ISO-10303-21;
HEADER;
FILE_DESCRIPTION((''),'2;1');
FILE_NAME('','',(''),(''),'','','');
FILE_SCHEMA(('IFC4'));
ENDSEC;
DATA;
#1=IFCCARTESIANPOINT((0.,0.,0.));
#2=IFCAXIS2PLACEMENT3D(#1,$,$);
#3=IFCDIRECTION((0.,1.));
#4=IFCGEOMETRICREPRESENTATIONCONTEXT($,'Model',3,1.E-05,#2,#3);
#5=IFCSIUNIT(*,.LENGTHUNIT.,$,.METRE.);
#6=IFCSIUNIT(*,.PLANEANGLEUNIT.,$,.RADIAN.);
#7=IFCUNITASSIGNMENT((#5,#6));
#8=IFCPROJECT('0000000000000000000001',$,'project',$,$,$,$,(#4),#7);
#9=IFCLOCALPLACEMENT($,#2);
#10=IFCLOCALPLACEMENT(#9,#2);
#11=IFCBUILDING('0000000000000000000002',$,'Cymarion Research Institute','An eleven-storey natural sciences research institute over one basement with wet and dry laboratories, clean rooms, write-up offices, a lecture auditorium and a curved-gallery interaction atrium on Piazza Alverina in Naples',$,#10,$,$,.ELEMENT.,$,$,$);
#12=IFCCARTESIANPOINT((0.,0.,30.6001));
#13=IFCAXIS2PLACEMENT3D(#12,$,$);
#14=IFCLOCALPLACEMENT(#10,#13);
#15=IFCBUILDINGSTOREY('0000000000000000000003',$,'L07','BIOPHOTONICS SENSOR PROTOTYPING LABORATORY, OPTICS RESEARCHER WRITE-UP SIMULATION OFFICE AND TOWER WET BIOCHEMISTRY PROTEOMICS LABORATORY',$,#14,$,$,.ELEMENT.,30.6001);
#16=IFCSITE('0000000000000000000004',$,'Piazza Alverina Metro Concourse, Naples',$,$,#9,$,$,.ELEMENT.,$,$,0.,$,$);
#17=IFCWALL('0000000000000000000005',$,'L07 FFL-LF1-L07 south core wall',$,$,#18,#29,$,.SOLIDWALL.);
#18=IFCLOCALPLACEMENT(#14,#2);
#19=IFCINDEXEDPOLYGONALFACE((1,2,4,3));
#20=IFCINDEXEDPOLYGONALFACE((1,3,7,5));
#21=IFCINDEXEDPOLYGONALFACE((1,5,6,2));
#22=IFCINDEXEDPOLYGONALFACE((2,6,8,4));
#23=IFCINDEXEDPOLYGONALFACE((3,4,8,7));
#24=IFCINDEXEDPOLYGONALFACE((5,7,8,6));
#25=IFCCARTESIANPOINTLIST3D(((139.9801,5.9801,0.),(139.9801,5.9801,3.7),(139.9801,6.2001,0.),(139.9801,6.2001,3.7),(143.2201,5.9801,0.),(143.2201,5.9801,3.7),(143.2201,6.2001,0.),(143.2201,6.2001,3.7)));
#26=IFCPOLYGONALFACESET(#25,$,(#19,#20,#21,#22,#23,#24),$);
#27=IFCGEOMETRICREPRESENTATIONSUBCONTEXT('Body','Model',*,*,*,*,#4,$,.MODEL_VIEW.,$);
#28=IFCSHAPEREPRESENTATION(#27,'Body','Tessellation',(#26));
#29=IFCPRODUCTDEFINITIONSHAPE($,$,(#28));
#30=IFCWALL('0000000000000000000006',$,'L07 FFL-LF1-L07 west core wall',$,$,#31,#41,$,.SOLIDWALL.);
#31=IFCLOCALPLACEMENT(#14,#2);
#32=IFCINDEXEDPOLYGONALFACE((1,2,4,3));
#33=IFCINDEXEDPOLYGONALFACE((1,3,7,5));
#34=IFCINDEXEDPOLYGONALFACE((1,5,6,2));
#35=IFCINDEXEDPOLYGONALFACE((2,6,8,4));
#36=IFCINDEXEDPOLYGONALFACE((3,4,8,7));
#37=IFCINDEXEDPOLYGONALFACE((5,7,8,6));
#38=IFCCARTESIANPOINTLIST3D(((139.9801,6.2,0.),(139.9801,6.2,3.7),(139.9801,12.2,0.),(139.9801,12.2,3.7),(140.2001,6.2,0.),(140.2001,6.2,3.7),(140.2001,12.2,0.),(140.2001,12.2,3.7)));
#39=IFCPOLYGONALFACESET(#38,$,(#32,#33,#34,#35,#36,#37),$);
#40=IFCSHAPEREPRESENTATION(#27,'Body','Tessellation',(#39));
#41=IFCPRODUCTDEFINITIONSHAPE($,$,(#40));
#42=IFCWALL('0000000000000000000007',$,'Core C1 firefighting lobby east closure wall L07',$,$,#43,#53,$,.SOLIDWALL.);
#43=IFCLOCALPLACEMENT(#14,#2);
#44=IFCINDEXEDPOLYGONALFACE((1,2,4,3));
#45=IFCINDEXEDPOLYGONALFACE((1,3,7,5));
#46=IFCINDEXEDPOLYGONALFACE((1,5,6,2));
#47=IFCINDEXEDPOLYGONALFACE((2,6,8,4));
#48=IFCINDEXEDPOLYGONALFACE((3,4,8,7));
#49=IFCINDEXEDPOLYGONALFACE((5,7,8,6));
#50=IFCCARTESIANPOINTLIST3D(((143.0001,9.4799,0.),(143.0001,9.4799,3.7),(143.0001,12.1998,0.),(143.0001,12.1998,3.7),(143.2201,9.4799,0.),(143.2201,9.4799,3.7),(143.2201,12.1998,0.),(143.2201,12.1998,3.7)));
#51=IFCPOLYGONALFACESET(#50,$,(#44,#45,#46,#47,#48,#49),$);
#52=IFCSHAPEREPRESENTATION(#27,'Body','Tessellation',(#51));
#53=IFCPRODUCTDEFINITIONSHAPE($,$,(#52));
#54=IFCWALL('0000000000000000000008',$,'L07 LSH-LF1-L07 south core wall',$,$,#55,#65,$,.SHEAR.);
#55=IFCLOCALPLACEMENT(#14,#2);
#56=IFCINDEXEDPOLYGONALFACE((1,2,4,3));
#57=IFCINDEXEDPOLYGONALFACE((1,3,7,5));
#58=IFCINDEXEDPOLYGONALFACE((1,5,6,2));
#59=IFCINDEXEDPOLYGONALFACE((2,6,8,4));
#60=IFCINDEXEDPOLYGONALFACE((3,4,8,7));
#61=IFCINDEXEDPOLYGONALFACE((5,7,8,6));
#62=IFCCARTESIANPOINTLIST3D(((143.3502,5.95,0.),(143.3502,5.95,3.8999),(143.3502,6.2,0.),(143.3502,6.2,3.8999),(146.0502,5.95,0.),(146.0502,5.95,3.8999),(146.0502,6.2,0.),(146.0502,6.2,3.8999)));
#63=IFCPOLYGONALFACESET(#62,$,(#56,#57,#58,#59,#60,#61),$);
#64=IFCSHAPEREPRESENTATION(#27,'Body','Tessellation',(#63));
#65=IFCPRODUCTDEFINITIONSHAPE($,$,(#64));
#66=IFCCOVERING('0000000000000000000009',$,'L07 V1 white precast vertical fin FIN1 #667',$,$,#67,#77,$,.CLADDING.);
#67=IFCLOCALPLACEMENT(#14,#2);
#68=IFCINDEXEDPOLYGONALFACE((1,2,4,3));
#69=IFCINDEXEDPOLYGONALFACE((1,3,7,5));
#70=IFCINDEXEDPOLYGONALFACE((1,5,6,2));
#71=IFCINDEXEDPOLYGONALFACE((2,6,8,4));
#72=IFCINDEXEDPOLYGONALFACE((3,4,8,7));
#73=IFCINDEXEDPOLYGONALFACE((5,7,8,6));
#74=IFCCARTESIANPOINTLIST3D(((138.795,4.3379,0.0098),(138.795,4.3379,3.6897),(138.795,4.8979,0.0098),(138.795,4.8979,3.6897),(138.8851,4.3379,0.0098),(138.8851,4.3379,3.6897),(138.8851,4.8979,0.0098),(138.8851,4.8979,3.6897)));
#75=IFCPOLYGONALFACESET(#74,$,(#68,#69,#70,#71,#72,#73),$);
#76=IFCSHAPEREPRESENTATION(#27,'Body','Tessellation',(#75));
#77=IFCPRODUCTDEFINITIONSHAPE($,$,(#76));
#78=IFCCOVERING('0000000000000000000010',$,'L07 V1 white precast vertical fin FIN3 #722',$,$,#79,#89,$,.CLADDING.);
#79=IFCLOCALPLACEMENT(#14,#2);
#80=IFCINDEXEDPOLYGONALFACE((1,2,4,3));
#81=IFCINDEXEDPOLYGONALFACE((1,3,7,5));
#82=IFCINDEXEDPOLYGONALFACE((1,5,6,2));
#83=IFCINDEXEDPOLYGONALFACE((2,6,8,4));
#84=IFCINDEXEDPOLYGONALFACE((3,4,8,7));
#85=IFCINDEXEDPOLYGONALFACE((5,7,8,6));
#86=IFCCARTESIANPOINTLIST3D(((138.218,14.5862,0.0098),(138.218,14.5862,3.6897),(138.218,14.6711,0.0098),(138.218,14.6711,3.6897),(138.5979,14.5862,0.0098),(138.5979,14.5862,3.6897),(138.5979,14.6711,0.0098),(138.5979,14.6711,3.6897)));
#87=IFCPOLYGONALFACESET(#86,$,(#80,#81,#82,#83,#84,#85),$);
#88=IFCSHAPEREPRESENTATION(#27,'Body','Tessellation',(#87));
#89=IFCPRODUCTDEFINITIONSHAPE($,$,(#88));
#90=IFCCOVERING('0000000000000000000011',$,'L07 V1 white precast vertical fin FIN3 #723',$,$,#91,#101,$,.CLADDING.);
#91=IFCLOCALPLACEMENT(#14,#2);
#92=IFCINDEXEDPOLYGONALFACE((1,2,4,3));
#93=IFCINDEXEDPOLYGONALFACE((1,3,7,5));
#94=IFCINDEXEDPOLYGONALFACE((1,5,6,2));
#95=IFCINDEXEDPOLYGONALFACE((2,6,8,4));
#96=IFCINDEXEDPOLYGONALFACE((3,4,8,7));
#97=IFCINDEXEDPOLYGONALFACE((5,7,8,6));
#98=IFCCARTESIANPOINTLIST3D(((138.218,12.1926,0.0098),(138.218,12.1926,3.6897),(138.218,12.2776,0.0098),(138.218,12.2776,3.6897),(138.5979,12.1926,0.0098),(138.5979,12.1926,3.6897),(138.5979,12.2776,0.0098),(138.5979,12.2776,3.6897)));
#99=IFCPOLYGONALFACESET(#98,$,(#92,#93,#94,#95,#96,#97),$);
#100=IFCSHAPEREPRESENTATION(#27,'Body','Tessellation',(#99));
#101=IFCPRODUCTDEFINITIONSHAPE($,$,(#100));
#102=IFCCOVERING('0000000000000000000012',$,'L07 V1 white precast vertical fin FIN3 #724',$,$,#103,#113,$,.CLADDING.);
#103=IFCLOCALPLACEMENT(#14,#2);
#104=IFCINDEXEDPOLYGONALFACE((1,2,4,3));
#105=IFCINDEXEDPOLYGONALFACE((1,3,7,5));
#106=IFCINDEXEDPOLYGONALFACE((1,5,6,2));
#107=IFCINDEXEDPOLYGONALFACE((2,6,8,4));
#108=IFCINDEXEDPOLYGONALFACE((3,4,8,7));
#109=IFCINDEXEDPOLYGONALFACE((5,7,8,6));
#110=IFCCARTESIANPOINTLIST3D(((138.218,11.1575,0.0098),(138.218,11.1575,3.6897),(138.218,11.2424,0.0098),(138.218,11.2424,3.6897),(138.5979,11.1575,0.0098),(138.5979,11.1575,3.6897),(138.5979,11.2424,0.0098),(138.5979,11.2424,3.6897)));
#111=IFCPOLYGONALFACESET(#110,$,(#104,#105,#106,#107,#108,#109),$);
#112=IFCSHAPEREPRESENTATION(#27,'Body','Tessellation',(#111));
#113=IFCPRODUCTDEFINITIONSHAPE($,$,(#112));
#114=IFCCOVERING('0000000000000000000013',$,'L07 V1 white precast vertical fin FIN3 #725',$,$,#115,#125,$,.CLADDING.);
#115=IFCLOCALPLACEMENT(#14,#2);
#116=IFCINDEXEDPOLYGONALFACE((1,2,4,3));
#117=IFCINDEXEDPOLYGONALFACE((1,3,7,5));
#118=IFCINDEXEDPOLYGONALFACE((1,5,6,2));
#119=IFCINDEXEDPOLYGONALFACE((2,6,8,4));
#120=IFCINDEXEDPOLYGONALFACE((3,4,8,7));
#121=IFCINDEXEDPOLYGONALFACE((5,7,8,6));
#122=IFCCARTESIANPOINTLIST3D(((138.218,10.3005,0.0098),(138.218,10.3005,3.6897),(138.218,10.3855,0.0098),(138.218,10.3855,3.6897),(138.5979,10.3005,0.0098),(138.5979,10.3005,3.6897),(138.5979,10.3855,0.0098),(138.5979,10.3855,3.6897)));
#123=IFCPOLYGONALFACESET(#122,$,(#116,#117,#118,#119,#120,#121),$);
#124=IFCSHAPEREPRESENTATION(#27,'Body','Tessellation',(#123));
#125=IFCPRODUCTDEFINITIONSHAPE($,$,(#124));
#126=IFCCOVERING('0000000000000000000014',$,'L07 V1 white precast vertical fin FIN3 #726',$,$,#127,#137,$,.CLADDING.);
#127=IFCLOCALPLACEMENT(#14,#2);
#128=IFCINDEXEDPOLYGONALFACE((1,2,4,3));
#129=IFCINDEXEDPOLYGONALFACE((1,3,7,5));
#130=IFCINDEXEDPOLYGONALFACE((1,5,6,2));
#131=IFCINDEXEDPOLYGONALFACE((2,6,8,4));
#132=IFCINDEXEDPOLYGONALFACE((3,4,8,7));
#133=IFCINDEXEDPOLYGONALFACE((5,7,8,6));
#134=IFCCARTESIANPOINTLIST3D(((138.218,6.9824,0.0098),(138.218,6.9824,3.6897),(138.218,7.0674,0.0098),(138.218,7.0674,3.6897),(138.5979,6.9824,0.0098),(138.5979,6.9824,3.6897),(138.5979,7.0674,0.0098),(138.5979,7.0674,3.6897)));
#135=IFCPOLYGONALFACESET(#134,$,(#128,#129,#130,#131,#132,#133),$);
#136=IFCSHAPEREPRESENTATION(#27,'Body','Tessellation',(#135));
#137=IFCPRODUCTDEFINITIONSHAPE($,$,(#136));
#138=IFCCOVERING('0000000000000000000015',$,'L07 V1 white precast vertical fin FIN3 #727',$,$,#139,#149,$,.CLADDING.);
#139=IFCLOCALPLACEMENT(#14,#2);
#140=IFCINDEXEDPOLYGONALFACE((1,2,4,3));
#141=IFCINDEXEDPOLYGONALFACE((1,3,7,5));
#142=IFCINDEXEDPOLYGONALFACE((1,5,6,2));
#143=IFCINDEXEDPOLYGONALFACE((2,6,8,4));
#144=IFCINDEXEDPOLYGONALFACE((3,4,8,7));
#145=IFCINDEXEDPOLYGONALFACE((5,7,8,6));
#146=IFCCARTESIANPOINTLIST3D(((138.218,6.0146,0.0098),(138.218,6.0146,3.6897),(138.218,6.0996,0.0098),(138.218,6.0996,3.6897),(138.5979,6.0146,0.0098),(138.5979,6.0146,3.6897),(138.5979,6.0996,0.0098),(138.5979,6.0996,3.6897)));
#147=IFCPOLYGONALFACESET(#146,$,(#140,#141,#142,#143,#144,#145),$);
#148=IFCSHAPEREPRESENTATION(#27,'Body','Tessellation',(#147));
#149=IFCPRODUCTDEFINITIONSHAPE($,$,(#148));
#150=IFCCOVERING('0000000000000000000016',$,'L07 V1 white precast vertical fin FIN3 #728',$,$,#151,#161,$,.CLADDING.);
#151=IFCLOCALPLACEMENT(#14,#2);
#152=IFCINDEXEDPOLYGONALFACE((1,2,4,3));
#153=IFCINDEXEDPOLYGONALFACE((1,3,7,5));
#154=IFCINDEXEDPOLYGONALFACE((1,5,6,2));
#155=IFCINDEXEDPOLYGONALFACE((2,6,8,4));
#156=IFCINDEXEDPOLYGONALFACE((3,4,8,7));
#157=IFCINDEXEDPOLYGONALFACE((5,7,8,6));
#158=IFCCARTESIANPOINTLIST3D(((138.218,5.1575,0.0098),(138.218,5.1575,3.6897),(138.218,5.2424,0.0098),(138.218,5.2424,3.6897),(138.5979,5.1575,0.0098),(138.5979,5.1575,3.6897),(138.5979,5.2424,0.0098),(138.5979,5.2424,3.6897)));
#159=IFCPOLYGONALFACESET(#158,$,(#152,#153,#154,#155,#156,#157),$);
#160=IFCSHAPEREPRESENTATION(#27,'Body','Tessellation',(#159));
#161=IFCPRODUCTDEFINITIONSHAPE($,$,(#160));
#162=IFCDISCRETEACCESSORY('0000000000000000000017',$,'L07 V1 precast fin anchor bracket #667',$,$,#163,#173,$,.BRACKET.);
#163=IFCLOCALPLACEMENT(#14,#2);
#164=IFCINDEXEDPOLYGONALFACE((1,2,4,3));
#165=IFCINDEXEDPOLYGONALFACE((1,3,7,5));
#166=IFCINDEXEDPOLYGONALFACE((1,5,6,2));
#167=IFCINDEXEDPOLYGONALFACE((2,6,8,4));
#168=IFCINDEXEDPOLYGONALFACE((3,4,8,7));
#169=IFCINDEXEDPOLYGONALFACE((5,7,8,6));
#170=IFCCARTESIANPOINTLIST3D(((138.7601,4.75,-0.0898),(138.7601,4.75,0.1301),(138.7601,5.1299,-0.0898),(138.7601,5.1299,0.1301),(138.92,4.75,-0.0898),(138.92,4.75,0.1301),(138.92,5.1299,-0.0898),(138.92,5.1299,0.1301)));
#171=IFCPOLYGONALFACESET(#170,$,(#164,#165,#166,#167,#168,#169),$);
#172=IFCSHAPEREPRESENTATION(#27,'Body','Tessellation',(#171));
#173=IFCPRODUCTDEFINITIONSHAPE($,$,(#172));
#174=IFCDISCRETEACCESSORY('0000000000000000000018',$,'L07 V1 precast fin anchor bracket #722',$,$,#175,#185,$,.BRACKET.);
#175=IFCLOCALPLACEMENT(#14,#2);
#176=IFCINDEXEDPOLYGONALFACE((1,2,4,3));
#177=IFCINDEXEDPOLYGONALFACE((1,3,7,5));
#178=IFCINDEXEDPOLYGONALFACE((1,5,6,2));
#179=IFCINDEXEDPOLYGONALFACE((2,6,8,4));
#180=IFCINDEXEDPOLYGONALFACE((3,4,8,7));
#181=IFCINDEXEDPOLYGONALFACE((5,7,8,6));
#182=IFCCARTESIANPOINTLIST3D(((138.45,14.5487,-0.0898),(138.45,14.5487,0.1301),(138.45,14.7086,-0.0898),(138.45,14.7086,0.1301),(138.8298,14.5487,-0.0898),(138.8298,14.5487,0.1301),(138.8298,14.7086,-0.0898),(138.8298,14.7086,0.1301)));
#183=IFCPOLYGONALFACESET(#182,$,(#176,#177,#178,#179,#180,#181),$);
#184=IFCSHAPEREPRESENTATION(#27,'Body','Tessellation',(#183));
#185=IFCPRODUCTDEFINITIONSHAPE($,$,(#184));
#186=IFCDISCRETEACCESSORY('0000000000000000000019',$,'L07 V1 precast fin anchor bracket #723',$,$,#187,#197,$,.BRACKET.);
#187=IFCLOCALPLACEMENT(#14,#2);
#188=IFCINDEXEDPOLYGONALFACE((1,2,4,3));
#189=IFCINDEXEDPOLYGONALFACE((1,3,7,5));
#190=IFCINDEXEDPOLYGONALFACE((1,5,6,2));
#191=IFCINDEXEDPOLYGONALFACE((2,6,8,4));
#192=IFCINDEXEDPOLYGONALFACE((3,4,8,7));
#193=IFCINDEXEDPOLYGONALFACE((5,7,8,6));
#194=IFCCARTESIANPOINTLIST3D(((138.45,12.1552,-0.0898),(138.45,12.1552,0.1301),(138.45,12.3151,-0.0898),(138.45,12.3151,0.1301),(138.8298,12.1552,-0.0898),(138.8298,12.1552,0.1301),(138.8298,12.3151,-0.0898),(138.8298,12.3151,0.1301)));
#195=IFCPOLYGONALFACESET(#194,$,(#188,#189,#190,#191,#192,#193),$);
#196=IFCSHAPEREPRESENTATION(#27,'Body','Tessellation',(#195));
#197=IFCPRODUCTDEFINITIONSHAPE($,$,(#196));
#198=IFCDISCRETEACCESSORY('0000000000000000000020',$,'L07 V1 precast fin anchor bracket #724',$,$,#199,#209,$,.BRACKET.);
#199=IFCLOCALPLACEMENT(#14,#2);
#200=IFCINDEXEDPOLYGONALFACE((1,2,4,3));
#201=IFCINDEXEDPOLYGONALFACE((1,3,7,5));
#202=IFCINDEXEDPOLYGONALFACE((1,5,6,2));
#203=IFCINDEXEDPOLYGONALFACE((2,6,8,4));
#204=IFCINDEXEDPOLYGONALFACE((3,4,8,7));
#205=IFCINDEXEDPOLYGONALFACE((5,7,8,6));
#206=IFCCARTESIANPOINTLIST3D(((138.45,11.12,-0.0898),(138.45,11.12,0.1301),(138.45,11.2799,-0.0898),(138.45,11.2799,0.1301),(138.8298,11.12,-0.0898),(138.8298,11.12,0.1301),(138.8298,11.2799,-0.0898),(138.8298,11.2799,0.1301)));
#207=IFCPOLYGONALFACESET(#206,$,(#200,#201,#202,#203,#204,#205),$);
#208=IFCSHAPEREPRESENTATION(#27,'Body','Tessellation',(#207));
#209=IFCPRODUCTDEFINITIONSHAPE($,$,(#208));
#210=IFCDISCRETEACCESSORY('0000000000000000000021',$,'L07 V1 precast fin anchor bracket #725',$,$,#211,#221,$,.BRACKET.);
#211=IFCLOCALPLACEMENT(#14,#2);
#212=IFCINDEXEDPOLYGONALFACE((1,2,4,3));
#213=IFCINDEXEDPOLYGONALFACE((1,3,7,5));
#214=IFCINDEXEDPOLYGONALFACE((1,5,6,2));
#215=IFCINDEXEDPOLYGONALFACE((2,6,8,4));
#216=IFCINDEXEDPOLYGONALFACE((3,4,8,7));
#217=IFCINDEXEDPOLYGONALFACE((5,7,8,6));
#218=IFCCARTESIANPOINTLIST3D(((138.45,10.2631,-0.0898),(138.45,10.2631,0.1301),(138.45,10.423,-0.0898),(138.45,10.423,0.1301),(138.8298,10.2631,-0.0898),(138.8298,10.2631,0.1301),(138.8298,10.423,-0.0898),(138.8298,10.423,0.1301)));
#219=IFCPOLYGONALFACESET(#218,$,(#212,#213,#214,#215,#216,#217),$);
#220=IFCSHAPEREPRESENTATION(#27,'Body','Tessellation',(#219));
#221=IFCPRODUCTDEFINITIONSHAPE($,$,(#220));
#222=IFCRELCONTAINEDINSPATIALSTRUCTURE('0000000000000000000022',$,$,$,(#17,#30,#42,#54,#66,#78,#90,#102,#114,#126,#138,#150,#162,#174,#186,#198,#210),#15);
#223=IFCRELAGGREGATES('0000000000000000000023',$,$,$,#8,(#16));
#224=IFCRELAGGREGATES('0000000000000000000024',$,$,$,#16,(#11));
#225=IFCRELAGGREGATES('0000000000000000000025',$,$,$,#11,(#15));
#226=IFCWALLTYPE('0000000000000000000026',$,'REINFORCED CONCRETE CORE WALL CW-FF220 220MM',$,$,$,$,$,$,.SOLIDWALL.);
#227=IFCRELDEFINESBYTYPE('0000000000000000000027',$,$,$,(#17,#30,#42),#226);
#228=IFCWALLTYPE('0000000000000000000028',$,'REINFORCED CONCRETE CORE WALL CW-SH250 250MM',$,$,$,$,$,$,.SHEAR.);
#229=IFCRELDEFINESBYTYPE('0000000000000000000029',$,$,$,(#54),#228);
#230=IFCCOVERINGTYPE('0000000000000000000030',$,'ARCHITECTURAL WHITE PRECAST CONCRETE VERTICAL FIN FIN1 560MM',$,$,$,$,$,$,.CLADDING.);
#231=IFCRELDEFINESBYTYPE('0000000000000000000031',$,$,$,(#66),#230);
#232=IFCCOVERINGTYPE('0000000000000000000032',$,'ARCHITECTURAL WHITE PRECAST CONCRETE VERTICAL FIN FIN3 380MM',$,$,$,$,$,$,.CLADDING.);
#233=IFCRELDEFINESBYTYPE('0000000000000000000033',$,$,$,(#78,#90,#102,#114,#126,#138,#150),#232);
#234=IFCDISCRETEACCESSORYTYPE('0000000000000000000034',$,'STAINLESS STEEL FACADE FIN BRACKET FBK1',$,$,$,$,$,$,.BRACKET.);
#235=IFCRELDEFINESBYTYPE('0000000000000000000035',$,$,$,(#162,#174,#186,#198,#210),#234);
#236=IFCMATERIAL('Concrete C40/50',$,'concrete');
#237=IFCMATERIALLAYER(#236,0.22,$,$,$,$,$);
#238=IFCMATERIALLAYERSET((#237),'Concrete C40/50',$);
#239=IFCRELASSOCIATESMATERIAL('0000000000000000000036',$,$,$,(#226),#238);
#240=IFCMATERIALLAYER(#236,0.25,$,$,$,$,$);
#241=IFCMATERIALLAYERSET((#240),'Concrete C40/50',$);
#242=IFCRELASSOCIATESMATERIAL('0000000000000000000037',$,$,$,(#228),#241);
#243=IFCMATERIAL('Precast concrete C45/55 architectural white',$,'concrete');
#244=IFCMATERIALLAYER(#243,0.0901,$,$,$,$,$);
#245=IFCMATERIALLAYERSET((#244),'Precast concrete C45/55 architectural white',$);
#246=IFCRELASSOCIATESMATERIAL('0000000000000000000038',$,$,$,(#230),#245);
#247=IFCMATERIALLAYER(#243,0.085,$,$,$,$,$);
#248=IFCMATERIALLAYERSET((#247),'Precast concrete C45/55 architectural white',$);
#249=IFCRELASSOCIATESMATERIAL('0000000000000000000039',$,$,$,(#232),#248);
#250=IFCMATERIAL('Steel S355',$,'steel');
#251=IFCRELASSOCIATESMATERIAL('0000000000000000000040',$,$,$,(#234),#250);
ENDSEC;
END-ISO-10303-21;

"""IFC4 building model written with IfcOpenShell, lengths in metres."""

from ifc_helpers import new_model, si_unit, direction, frame, frame_2d, origin, origin_2d, place, context, subcontext, project, spatial, rectangle, extrude, material, layer, layer_set, type_object, element, save


model = new_model("IFC4")

# Units and contexts
model_context = context("Model", 3, precision=1e-05, world=origin(), true_north=direction((0.0, 1.0)))
body_context = subcontext(model_context, "Body", "Model", "MODEL_VIEW")
ifc_project = project(units=[si_unit("LENGTHUNIT", "METRE"), si_unit("PLANEANGLEUNIT", "RADIAN")], contexts=[model_context])

# Site, building, storey
site_placement = place(None, origin())
site = spatial("IfcSite", under=ifc_project, at=site_placement, Name="Piazza Alverina Metro Concourse, Naples", CompositionType="ELEMENT", RefElevation=0.0)
building_placement = place(site_placement, origin())
building = spatial("IfcBuilding", under=site, at=building_placement, Name="Cymarion Research Institute", Description="An eleven-storey natural sciences research institute over one basement with wet and dry laboratories, clean rooms, write-up offices, a lecture auditorium and a curved-gallery interaction atrium on Piazza Alverina in Naples", CompositionType="ELEMENT")
storey_placement = place(building_placement, frame((0.0, 0.0, 30.6001)))
storey = spatial("IfcBuildingStorey", under=building, at=storey_placement, Name="L07", Description="BIOPHOTONICS SENSOR PROTOTYPING LABORATORY, OPTICS RESEARCHER WRITE-UP SIMULATION OFFICE AND TOWER WET BIOCHEMISTRY PROTEOMICS LABORATORY", CompositionType="ELEMENT", Elevation=30.6001)

# Shared definitions
ifc_material_1 = material(Name="Steel S355", Category="steel")

# Wall
ifc_material_2 = material(Name="Concrete C40/50", Category="concrete")
ifc_layer_1 = layer(ifc_material_2, 0.22)
ifc_layer_set_1 = layer_set([ifc_layer_1], Name="Concrete C40/50")
wall_type_1 = type_object("IfcWallType", Name="REINFORCED CONCRETE CORE WALL CW-FF220 220MM", PredefinedType="SOLIDWALL", material=ifc_layer_set_1)
wall_1_placement = place(storey_placement, frame((139.98, 6.0901, 0.0), z_axis=(0.0, 0.0, 1.0), x_axis=(1.0, 0.0, 0.0)))
element("IfcWall", 1, at=wall_1_placement, inside=storey, type_object=wall_type_1, Name="L07 FFL-LF1-L07 south core wall", PredefinedType="SOLIDWALL", context=body_context, shape_type="SweptSolid", body=[
    extrude(rectangle(XDim=3.24, YDim=0.22, at=frame_2d((1.6201, 0.0))), origin(), (0.0, 0.0, 1.0), 3.7),
])

# Walls
wall_2_placement = place(storey_placement, frame((140.0901, 12.2, 0.0), z_axis=(0.0, 0.0, 1.0), x_axis=(0.0, -1.0, 0.0)))
element("IfcWall", 2, at=wall_2_placement, inside=storey, type_object=wall_type_1, Name="L07 FFL-LF1-L07 west core wall", PredefinedType="SOLIDWALL", context=body_context, shape_type="SweptSolid", body=[
    extrude(rectangle(XDim=6.0, YDim=0.22, at=frame_2d((3.0, 0.0))), origin(), (0.0, 0.0, 1.0), 3.7),
])
wall_3_placement = place(storey_placement, frame((143.1101, 9.48, 0.0), z_axis=(0.0, 0.0, 1.0), x_axis=(0.0, 1.0, 0.0)))
element("IfcWall", 3, at=wall_3_placement, inside=storey, type_object=wall_type_1, Name="Core C1 firefighting lobby east closure wall L07", PredefinedType="SOLIDWALL", context=body_context, shape_type="SweptSolid", body=[
    extrude(rectangle(XDim=2.72, YDim=0.22, at=frame_2d((1.3599, 0.0))), origin(), (0.0, 0.0, 1.0), 3.7),
])
ifc_layer_2 = layer(ifc_material_2, 0.25)
ifc_layer_set_2 = layer_set([ifc_layer_2], Name="Concrete C40/50")
wall_type_2 = type_object("IfcWallType", Name="REINFORCED CONCRETE CORE WALL CW-SH250 250MM", PredefinedType="SHEAR", material=ifc_layer_set_2)
wall_4_placement = place(storey_placement, frame((143.3501, 6.075, 0.0), z_axis=(0.0, 0.0, 1.0), x_axis=(1.0, 0.0, 0.0)))
element("IfcWall", 4, at=wall_4_placement, inside=storey, type_object=wall_type_2, Name="L07 LSH-LF1-L07 south core wall", PredefinedType="SHEAR", context=body_context, shape_type="SweptSolid", body=[
    extrude(rectangle(XDim=2.7, YDim=0.25, at=frame_2d((1.3501, 0.0))), origin(), (0.0, 0.0, 1.0), 3.8999),
])

# Coverings
ifc_material_3 = material(Name="Precast concrete C45/55 architectural white", Category="concrete")
ifc_layer_3 = layer(ifc_material_3, 0.0901)
ifc_layer_set_3 = layer_set([ifc_layer_3], Name="Precast concrete C45/55 architectural white")
covering_type_1 = type_object("IfcCoveringType", Name="ARCHITECTURAL WHITE PRECAST CONCRETE VERTICAL FIN FIN1 560MM", PredefinedType="CLADDING", material=ifc_layer_set_3)
covering_placement = place(storey_placement, frame((138.8401, 4.6179, 0.0098), z_axis=(0.0, 0.0, 1.0), x_axis=(0.0, -1.0, 0.0)))
element("IfcCovering", 5, at=covering_placement, inside=storey, type_object=covering_type_1, Name="L07 V1 white precast vertical fin FIN1 #667", PredefinedType="CLADDING", context=body_context, shape_type="SweptSolid", body=[
    extrude(rectangle(XDim=0.5601, YDim=0.0901, at=origin_2d()), origin(), (0.0, 0.0, 1.0), 3.6799),
])
ifc_layer_4 = layer(ifc_material_3, 0.085)
ifc_layer_set_4 = layer_set([ifc_layer_4], Name="Precast concrete C45/55 architectural white")
covering_type_2 = type_object("IfcCoveringType", Name="ARCHITECTURAL WHITE PRECAST CONCRETE VERTICAL FIN FIN3 380MM", PredefinedType="CLADDING", material=ifc_layer_set_4)
for number, where, z_axis, x_axis, name in (
    (6, (138.408, 14.6287, 0.0098), (0.0, 0.0, 1.0), (-1.0, 0.0, 0.0), "L07 V1 white precast vertical fin FIN3 #722"),
    (7, (138.408, 12.2351, 0.0098), (0.0, 0.0, 1.0), (-1.0, 0.0, 0.0), "L07 V1 white precast vertical fin FIN3 #723"),
    (8, (138.408, 11.2, 0.0098), (0.0, 0.0, 1.0), (-1.0, 0.0, 0.0), "L07 V1 white precast vertical fin FIN3 #724"),
    (9, (138.408, 10.343, 0.0098), (0.0, 0.0, 1.0), (-1.0, 0.0, 0.0), "L07 V1 white precast vertical fin FIN3 #725"),
    (10, (138.408, 7.0249, 0.0098), (0.0, 0.0, 1.0), (-1.0, 0.0, 0.0), "L07 V1 white precast vertical fin FIN3 #726"),
    (11, (138.408, 6.0571, 0.0098), (0.0, 0.0, 1.0), (-1.0, 0.0, 0.0), "L07 V1 white precast vertical fin FIN3 #727"),
    (12, (138.408, 5.2, 0.0098), (0.0, 0.0, 1.0), (-1.0, 0.0, 0.0), "L07 V1 white precast vertical fin FIN3 #728"),
):
    element("IfcCovering", number, at=place(storey_placement, frame(where, z_axis=z_axis, x_axis=x_axis)), inside=storey, type_object=covering_type_2, Name=name, PredefinedType="CLADDING", context=body_context, shape_type="SweptSolid", body=[
        extrude(rectangle(XDim=0.3799, YDim=0.085, at=origin_2d()), origin(), (0.0, 0.0, 1.0), 3.6799),
    ])

# Discrete accessories
discrete_accessory_type = type_object("IfcDiscreteAccessoryType", Name="STAINLESS STEEL FACADE FIN BRACKET FBK1", PredefinedType="BRACKET", material=ifc_material_1)
for number, where, z_axis, x_axis, name in (
    (13, (138.8401, 4.9399, -0.0898), (0.0, 0.0, 1.0), (0.0, -1.0, 0.0), "L07 V1 precast fin anchor bracket #667"),
    (14, (138.6399, 14.6287, -0.0898), (0.0, 0.0, 1.0), (-1.0, 0.0, 0.0), "L07 V1 precast fin anchor bracket #722"),
    (15, (138.6399, 12.2351, -0.0898), (0.0, 0.0, 1.0), (-1.0, 0.0, 0.0), "L07 V1 precast fin anchor bracket #723"),
    (16, (138.6399, 11.2, -0.0898), (0.0, 0.0, 1.0), (-1.0, 0.0, 0.0), "L07 V1 precast fin anchor bracket #724"),
    (17, (138.6399, 10.343, -0.0898), (0.0, 0.0, 1.0), (-1.0, 0.0, 0.0), "L07 V1 precast fin anchor bracket #725"),
):
    element("IfcDiscreteAccessory", number, at=place(storey_placement, frame(where, z_axis=z_axis, x_axis=x_axis)), inside=storey, type_object=discrete_accessory_type, Name=name, PredefinedType="BRACKET", context=body_context, shape_type="SweptSolid", body=[
        extrude(rectangle(XDim=0.3799, YDim=0.1599, at=origin_2d()), origin(), (0.0, 0.0, 1.0), 0.22),
    ])

save(model, "model.ifc")
